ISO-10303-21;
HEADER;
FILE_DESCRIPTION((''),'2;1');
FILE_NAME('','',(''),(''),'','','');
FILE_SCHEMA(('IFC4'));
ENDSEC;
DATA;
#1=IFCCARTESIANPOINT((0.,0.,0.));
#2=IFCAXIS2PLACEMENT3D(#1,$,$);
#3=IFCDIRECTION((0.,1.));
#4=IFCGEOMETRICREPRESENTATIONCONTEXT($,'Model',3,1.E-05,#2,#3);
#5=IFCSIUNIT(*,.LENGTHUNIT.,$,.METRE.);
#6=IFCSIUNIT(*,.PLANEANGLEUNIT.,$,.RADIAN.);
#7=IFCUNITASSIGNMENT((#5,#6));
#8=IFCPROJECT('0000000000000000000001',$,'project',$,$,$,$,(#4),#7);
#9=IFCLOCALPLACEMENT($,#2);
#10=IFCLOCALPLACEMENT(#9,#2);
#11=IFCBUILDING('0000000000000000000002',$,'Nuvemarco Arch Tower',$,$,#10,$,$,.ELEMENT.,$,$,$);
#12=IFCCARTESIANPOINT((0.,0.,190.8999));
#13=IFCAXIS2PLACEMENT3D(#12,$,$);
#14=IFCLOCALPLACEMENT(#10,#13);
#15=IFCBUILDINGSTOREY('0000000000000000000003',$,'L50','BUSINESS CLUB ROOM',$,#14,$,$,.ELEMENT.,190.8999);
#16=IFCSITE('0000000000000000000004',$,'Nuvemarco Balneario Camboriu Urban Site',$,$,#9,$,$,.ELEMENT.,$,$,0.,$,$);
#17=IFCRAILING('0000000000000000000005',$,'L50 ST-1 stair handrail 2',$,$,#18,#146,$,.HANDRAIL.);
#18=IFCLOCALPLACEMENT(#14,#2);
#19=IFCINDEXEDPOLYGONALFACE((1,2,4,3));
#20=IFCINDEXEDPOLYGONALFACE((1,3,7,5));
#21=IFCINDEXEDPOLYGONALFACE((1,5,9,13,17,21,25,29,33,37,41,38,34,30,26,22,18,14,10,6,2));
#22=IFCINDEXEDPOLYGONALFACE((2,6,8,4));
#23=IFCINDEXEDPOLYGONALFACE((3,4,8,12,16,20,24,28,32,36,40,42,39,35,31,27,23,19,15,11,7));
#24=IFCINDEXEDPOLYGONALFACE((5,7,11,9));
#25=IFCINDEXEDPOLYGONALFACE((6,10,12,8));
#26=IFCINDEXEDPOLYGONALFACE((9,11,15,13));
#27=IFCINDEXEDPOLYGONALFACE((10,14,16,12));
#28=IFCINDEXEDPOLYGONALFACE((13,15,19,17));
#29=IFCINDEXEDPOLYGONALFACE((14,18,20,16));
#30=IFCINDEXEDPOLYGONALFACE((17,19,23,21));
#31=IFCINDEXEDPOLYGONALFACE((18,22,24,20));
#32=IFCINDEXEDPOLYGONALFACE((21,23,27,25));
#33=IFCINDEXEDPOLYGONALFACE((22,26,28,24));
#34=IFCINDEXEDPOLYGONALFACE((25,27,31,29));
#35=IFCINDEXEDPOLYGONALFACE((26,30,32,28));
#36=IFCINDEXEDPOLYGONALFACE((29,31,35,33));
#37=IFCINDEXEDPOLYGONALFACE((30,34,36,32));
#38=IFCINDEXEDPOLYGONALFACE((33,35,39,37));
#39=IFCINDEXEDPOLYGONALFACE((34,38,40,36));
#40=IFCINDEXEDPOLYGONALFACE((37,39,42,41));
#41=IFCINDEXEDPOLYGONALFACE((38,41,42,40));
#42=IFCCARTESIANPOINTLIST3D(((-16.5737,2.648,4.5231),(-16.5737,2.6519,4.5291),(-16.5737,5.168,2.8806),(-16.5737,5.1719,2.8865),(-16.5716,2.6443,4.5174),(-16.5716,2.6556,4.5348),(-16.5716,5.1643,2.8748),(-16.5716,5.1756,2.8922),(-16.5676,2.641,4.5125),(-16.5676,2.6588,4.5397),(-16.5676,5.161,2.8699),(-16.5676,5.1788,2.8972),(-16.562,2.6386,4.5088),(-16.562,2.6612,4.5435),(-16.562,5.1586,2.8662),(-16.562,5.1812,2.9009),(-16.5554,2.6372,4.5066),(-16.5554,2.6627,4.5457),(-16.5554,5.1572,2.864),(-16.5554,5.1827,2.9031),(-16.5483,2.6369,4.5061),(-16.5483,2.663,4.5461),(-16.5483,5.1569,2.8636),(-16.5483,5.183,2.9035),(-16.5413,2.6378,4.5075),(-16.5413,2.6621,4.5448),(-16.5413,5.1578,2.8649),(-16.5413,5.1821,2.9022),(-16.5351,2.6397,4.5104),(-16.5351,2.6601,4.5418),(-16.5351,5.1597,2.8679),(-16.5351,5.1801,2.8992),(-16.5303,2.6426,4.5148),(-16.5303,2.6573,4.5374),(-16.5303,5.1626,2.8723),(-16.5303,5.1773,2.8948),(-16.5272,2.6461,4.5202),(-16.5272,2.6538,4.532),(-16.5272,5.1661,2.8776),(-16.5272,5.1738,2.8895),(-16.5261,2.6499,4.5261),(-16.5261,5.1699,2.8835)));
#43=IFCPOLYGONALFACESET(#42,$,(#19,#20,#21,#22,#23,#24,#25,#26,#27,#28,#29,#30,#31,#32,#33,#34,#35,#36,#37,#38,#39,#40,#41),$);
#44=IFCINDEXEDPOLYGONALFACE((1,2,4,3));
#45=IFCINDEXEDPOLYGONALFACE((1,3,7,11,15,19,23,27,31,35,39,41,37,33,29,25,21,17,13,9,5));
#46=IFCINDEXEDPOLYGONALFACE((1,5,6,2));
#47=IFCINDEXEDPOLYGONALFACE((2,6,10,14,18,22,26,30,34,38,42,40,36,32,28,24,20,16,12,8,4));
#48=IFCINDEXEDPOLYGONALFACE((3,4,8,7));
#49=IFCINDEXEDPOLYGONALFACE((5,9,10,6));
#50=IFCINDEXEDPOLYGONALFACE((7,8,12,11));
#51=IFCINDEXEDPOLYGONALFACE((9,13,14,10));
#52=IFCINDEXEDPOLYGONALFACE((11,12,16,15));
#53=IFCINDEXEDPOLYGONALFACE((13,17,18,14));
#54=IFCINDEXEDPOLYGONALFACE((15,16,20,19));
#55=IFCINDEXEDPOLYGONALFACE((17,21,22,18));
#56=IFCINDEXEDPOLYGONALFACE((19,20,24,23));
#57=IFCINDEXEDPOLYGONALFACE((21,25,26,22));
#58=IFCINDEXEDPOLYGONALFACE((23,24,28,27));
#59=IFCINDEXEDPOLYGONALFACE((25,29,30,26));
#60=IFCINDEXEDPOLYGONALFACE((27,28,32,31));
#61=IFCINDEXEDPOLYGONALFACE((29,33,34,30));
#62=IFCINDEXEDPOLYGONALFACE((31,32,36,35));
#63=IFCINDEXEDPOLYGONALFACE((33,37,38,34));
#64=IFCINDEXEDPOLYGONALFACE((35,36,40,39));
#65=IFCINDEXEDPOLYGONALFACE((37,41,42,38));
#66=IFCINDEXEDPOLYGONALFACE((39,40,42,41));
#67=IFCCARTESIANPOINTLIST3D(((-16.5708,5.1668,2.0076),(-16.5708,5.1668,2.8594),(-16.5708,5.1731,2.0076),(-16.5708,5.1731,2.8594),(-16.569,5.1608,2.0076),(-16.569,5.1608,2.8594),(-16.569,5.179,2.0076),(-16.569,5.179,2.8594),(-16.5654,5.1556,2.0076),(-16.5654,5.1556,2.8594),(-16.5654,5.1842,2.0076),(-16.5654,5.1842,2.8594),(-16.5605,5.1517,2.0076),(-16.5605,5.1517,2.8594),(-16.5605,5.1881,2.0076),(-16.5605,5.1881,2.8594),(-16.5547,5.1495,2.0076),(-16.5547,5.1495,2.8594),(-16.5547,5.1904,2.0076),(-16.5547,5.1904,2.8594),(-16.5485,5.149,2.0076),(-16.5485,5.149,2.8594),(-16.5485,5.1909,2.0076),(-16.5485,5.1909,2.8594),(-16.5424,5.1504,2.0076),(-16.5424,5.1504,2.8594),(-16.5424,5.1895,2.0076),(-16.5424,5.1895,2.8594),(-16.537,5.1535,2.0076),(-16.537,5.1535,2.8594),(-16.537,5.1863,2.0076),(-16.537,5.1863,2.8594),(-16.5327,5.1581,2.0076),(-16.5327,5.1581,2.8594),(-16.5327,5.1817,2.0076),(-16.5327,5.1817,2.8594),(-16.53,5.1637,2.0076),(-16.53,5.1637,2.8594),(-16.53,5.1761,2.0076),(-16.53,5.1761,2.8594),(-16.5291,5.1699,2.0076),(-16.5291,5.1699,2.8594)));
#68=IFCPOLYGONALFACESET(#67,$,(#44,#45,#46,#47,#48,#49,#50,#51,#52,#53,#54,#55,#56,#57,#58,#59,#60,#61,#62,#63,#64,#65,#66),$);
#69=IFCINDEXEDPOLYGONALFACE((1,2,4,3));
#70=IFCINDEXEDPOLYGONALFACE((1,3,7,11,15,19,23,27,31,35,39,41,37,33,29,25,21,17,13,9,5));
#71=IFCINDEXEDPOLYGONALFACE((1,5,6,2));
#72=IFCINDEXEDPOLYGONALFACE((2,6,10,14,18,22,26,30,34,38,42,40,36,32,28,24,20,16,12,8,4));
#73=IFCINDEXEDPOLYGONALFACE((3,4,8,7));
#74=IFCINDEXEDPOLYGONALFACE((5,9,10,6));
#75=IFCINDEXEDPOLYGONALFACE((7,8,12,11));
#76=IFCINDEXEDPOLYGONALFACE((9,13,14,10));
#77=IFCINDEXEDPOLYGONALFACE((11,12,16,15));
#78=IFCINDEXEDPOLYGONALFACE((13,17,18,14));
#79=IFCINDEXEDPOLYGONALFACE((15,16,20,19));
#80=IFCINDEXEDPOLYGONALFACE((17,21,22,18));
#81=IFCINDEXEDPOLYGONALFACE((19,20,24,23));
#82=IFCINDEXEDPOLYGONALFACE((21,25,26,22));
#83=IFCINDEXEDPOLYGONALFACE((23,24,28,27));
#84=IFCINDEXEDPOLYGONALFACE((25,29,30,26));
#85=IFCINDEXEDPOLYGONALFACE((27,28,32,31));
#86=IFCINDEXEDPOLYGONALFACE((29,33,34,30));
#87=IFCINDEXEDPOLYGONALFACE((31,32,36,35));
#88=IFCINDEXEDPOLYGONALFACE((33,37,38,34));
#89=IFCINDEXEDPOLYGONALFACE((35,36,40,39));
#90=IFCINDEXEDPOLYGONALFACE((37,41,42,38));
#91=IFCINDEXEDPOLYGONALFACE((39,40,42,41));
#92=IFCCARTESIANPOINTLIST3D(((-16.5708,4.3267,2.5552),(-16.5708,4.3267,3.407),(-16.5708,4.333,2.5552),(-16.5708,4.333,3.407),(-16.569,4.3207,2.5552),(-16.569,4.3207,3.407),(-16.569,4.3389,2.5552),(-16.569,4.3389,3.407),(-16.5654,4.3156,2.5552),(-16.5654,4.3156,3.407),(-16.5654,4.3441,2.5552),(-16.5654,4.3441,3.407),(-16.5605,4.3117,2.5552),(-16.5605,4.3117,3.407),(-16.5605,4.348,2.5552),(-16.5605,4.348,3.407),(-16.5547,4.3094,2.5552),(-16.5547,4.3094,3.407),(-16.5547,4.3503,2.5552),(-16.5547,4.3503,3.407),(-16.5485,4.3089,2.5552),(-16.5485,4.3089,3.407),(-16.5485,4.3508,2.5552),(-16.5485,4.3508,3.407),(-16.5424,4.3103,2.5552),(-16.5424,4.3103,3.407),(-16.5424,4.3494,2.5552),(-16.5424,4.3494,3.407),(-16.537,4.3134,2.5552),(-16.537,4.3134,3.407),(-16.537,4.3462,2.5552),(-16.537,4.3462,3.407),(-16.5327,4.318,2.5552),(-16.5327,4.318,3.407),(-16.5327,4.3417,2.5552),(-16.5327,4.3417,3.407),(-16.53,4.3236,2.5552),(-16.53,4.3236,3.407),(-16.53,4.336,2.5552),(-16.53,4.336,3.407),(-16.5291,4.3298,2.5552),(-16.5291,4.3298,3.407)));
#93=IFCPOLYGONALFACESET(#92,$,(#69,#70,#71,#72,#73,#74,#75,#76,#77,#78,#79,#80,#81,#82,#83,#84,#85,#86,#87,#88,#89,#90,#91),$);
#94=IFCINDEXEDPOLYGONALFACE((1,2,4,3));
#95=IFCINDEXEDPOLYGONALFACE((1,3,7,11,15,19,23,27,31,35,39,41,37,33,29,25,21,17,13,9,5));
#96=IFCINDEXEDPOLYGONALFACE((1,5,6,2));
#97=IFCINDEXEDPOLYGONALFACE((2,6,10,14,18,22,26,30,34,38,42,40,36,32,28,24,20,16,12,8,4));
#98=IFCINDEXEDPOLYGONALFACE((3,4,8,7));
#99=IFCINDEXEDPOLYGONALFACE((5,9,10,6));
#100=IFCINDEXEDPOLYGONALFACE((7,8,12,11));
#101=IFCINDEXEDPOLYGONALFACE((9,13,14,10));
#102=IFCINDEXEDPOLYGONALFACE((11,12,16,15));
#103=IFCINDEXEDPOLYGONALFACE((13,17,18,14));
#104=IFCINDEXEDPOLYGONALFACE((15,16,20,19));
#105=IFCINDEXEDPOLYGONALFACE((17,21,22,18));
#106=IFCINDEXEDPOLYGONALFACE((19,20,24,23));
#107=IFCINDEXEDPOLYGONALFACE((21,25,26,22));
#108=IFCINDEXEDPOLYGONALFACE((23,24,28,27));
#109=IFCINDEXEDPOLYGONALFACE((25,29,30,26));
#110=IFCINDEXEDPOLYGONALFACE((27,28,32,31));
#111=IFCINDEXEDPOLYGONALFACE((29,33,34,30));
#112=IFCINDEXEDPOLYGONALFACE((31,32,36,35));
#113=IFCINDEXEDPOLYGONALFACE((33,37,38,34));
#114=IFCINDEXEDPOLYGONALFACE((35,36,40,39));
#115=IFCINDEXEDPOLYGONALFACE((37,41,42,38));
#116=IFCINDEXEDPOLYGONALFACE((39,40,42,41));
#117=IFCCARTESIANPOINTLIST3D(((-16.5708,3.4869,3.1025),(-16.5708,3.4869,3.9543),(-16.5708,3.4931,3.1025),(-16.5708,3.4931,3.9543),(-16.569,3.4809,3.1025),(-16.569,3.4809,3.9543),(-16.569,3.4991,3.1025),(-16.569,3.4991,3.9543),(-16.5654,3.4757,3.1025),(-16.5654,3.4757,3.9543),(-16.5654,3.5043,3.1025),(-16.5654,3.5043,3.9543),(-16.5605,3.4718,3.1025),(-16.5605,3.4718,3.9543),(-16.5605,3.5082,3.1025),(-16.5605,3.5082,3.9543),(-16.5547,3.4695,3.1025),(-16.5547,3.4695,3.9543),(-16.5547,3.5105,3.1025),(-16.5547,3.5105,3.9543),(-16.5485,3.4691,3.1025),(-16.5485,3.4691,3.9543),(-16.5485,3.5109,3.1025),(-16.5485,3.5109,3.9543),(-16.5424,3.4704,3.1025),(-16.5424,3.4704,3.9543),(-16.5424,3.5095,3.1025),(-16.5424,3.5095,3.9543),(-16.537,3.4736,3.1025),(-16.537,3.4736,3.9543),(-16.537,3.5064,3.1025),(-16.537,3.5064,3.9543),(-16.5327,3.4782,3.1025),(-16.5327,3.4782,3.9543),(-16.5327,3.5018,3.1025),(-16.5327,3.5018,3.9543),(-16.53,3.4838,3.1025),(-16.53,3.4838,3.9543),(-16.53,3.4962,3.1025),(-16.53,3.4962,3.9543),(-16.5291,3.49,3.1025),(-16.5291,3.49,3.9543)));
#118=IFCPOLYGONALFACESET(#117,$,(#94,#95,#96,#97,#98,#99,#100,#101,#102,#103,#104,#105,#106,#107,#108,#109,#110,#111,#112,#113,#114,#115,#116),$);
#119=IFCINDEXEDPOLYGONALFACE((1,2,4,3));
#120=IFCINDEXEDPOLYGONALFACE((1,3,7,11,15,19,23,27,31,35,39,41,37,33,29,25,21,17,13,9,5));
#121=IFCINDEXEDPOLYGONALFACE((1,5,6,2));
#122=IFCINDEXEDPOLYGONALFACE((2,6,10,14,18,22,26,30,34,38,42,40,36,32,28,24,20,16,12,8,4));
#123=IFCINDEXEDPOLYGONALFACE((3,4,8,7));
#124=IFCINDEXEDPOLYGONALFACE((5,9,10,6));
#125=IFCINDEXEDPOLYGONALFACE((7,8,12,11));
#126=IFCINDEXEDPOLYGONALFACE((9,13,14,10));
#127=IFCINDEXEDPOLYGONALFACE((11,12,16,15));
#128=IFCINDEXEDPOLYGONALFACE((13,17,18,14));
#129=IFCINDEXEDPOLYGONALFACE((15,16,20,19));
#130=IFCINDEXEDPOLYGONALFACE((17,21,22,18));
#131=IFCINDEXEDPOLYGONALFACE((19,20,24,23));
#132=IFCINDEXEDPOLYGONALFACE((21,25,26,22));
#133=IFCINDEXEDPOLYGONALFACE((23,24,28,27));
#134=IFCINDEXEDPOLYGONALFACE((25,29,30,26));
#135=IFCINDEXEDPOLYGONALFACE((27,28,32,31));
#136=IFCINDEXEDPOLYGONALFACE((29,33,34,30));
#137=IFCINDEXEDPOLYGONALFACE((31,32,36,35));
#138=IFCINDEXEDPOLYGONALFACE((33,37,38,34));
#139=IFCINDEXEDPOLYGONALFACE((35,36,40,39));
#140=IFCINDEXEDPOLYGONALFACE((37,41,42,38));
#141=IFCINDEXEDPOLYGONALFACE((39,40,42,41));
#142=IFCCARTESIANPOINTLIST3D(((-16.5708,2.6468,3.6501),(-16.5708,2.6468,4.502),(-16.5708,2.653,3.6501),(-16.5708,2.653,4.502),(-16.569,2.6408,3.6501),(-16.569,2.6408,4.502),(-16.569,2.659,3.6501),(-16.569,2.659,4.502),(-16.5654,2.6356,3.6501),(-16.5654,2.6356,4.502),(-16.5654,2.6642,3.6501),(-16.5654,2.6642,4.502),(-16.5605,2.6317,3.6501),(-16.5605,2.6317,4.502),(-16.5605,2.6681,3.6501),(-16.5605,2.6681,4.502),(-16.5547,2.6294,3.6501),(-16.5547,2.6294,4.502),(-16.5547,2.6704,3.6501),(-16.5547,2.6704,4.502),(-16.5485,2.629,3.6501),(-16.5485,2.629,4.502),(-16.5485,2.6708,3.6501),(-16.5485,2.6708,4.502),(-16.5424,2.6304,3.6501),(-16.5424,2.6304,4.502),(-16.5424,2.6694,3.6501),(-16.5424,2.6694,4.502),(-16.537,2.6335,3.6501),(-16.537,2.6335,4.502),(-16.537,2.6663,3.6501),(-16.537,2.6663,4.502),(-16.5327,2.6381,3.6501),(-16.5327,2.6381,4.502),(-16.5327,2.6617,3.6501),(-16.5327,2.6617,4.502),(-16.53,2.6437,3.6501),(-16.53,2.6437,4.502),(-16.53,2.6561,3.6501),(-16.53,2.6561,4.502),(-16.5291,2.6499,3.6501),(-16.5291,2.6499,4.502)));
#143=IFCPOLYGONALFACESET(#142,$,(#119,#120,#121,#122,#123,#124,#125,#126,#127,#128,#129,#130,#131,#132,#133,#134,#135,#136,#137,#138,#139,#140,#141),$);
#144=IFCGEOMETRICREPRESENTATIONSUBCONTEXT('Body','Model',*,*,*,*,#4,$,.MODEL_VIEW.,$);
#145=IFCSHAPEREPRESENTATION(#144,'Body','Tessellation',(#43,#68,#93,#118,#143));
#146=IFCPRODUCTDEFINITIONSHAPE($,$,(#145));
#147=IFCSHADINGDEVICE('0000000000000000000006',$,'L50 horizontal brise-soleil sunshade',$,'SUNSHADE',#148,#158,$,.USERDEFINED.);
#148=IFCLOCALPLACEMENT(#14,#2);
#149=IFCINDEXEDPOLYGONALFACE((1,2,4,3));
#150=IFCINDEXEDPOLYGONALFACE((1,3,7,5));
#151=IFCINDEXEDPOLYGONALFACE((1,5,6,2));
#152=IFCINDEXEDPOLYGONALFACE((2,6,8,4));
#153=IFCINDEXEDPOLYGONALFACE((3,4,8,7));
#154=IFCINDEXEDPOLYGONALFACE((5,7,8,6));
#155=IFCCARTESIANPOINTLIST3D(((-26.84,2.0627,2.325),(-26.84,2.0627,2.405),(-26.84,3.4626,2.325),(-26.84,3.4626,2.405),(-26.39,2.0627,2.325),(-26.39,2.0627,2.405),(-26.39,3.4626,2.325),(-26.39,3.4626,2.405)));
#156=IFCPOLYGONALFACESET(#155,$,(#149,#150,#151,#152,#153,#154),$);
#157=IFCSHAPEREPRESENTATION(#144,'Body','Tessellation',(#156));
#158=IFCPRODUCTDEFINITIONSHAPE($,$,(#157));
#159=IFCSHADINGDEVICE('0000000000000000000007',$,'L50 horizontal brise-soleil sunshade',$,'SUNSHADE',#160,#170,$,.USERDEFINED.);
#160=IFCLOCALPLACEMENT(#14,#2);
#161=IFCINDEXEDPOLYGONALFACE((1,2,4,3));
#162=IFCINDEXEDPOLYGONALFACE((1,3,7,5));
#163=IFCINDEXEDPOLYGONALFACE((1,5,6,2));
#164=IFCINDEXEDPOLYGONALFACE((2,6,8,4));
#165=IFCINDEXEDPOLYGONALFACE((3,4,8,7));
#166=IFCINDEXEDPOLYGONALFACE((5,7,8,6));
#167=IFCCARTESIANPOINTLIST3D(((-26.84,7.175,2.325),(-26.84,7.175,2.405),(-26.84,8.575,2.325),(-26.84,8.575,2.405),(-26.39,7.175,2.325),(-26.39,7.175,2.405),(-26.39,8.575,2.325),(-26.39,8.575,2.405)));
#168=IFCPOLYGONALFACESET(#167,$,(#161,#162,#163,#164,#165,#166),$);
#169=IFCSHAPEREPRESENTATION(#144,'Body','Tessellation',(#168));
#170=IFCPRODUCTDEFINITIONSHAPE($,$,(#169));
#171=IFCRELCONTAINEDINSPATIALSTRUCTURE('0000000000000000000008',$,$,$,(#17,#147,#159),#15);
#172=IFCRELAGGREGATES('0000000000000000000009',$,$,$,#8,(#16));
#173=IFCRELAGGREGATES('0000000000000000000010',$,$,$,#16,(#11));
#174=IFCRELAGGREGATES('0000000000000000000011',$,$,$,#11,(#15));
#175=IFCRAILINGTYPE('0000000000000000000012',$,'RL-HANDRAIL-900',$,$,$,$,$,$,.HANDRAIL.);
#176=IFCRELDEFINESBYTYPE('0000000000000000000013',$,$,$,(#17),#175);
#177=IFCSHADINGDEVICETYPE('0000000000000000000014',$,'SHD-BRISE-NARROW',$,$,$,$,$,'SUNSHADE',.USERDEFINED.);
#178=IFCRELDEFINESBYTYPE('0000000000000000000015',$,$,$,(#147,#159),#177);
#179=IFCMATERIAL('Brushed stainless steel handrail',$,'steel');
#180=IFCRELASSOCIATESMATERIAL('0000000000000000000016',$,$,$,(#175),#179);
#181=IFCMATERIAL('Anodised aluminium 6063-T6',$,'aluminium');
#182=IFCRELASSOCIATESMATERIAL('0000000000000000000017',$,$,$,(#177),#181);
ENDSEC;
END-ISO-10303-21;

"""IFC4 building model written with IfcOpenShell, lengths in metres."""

from ifc_helpers import new_model, si_unit, direction, frame, origin, origin_2d, place, context, subcontext, project, spatial, rectangle, circle, extrude, source, transform, mapped, material, type_object, type_shapes, element, save


model = new_model("IFC4")

# Units and contexts
model_context = context("Model", 3, precision=1e-05, world=origin(), true_north=direction((0.0, 1.0)))
body_context = subcontext(model_context, "Body", "Model", "MODEL_VIEW")
ifc_project = project(units=[si_unit("LENGTHUNIT", "METRE"), si_unit("PLANEANGLEUNIT", "RADIAN")], contexts=[model_context])

# Site, building, storey
site_placement = place(None, origin())
site = spatial("IfcSite", under=ifc_project, at=site_placement, Name="Nuvemarco Balneario Camboriu Urban Site", CompositionType="ELEMENT", RefElevation=0.0)
building_placement = place(site_placement, origin())
building = spatial("IfcBuilding", under=site, at=building_placement, Name="Nuvemarco Arch Tower", CompositionType="ELEMENT")
storey_placement = place(building_placement, frame((0.0, 0.0, 190.8999)))
storey = spatial("IfcBuildingStorey", under=building, at=storey_placement, Name="L50", Description="BUSINESS CLUB ROOM", CompositionType="ELEMENT", Elevation=190.8999)

# Railing
ifc_material_1 = material(Name="Brushed stainless steel handrail", Category="steel")
railing_type_1 = type_object("IfcRailingType", Name="RL-HANDRAIL-900", PredefinedType="HANDRAIL", material=ifc_material_1)
railing_1_placement = place(storey_placement, frame((-16.55, 5.1699, 2.0076)))
element("IfcRailing", 1, at=railing_1_placement, inside=storey, type_object=railing_type_1, Name="L50 ST-1 stair handrail 2", PredefinedType="HANDRAIL", context=body_context, shape_type="SweptSolid", body=[
    extrude(circle(Radius=0.0239, at=origin_2d()), frame((0.0, 0.0, 0.876), z_axis=(0.0, -0.837749, 0.546055), x_axis=(1.0, 0.0, 0.0)), (0.0, 0.0, 1.0), 3.0081),
    extrude(circle(Radius=0.021, at=origin_2d()), origin(), (0.0, 0.0, 1.0), 0.8518),
    extrude(circle(Radius=0.021, at=origin_2d()), frame((0.0, -0.8401, 0.5476)), (0.0, 0.0, 1.0), 0.8518),
    extrude(circle(Radius=0.021, at=origin_2d()), frame((0.0, -1.6799, 1.095)), (0.0, 0.0, 1.0), 0.8518),
    extrude(circle(Radius=0.021, at=origin_2d()), frame((0.0, -2.52, 1.6426)), (0.0, 0.0, 1.0), 0.8518),
])

# Shading devices
ifc_material_2 = material(Name="Anodised aluminium 6063-T6", Category="aluminium")
shading_device_type = type_object("IfcShadingDeviceType", Name="SHD-BRISE-NARROW", ElementType="SUNSHADE", PredefinedType="USERDEFINED", material=ifc_material_2)
shared_shape_1 = source(origin(), body_context, "Body", "SweptSolid", [
    extrude(rectangle(XDim=1.3999, YDim=0.45, at=origin_2d()), origin(), (0.0, 0.0, 1.0), 0.0801),
])
type_shapes(shading_device_type, [shared_shape_1])
for number, where, z_axis, x_axis, name in (
    (2, (-26.615, 2.7627, 2.325), (0.0, 0.0, 1.0), (0.0, 1.0, 0.0), "L50 horizontal brise-soleil sunshade"),
    (3, (-26.615, 7.875, 2.325), (0.0, 0.0, 1.0), (0.0, 1.0, 0.0), "L50 horizontal brise-soleil sunshade"),
):
    element("IfcShadingDevice", number, at=place(storey_placement, frame(where, z_axis=z_axis, x_axis=x_axis)), inside=storey, type_object=shading_device_type, Name=name, ObjectType="SUNSHADE", PredefinedType="USERDEFINED", context=body_context, shape_type="MappedRepresentation", body=[
        mapped(shared_shape_1, transform((0.0, 0.0, 0.0), scale=1.0)),
    ])

save(model, "model.ifc")
